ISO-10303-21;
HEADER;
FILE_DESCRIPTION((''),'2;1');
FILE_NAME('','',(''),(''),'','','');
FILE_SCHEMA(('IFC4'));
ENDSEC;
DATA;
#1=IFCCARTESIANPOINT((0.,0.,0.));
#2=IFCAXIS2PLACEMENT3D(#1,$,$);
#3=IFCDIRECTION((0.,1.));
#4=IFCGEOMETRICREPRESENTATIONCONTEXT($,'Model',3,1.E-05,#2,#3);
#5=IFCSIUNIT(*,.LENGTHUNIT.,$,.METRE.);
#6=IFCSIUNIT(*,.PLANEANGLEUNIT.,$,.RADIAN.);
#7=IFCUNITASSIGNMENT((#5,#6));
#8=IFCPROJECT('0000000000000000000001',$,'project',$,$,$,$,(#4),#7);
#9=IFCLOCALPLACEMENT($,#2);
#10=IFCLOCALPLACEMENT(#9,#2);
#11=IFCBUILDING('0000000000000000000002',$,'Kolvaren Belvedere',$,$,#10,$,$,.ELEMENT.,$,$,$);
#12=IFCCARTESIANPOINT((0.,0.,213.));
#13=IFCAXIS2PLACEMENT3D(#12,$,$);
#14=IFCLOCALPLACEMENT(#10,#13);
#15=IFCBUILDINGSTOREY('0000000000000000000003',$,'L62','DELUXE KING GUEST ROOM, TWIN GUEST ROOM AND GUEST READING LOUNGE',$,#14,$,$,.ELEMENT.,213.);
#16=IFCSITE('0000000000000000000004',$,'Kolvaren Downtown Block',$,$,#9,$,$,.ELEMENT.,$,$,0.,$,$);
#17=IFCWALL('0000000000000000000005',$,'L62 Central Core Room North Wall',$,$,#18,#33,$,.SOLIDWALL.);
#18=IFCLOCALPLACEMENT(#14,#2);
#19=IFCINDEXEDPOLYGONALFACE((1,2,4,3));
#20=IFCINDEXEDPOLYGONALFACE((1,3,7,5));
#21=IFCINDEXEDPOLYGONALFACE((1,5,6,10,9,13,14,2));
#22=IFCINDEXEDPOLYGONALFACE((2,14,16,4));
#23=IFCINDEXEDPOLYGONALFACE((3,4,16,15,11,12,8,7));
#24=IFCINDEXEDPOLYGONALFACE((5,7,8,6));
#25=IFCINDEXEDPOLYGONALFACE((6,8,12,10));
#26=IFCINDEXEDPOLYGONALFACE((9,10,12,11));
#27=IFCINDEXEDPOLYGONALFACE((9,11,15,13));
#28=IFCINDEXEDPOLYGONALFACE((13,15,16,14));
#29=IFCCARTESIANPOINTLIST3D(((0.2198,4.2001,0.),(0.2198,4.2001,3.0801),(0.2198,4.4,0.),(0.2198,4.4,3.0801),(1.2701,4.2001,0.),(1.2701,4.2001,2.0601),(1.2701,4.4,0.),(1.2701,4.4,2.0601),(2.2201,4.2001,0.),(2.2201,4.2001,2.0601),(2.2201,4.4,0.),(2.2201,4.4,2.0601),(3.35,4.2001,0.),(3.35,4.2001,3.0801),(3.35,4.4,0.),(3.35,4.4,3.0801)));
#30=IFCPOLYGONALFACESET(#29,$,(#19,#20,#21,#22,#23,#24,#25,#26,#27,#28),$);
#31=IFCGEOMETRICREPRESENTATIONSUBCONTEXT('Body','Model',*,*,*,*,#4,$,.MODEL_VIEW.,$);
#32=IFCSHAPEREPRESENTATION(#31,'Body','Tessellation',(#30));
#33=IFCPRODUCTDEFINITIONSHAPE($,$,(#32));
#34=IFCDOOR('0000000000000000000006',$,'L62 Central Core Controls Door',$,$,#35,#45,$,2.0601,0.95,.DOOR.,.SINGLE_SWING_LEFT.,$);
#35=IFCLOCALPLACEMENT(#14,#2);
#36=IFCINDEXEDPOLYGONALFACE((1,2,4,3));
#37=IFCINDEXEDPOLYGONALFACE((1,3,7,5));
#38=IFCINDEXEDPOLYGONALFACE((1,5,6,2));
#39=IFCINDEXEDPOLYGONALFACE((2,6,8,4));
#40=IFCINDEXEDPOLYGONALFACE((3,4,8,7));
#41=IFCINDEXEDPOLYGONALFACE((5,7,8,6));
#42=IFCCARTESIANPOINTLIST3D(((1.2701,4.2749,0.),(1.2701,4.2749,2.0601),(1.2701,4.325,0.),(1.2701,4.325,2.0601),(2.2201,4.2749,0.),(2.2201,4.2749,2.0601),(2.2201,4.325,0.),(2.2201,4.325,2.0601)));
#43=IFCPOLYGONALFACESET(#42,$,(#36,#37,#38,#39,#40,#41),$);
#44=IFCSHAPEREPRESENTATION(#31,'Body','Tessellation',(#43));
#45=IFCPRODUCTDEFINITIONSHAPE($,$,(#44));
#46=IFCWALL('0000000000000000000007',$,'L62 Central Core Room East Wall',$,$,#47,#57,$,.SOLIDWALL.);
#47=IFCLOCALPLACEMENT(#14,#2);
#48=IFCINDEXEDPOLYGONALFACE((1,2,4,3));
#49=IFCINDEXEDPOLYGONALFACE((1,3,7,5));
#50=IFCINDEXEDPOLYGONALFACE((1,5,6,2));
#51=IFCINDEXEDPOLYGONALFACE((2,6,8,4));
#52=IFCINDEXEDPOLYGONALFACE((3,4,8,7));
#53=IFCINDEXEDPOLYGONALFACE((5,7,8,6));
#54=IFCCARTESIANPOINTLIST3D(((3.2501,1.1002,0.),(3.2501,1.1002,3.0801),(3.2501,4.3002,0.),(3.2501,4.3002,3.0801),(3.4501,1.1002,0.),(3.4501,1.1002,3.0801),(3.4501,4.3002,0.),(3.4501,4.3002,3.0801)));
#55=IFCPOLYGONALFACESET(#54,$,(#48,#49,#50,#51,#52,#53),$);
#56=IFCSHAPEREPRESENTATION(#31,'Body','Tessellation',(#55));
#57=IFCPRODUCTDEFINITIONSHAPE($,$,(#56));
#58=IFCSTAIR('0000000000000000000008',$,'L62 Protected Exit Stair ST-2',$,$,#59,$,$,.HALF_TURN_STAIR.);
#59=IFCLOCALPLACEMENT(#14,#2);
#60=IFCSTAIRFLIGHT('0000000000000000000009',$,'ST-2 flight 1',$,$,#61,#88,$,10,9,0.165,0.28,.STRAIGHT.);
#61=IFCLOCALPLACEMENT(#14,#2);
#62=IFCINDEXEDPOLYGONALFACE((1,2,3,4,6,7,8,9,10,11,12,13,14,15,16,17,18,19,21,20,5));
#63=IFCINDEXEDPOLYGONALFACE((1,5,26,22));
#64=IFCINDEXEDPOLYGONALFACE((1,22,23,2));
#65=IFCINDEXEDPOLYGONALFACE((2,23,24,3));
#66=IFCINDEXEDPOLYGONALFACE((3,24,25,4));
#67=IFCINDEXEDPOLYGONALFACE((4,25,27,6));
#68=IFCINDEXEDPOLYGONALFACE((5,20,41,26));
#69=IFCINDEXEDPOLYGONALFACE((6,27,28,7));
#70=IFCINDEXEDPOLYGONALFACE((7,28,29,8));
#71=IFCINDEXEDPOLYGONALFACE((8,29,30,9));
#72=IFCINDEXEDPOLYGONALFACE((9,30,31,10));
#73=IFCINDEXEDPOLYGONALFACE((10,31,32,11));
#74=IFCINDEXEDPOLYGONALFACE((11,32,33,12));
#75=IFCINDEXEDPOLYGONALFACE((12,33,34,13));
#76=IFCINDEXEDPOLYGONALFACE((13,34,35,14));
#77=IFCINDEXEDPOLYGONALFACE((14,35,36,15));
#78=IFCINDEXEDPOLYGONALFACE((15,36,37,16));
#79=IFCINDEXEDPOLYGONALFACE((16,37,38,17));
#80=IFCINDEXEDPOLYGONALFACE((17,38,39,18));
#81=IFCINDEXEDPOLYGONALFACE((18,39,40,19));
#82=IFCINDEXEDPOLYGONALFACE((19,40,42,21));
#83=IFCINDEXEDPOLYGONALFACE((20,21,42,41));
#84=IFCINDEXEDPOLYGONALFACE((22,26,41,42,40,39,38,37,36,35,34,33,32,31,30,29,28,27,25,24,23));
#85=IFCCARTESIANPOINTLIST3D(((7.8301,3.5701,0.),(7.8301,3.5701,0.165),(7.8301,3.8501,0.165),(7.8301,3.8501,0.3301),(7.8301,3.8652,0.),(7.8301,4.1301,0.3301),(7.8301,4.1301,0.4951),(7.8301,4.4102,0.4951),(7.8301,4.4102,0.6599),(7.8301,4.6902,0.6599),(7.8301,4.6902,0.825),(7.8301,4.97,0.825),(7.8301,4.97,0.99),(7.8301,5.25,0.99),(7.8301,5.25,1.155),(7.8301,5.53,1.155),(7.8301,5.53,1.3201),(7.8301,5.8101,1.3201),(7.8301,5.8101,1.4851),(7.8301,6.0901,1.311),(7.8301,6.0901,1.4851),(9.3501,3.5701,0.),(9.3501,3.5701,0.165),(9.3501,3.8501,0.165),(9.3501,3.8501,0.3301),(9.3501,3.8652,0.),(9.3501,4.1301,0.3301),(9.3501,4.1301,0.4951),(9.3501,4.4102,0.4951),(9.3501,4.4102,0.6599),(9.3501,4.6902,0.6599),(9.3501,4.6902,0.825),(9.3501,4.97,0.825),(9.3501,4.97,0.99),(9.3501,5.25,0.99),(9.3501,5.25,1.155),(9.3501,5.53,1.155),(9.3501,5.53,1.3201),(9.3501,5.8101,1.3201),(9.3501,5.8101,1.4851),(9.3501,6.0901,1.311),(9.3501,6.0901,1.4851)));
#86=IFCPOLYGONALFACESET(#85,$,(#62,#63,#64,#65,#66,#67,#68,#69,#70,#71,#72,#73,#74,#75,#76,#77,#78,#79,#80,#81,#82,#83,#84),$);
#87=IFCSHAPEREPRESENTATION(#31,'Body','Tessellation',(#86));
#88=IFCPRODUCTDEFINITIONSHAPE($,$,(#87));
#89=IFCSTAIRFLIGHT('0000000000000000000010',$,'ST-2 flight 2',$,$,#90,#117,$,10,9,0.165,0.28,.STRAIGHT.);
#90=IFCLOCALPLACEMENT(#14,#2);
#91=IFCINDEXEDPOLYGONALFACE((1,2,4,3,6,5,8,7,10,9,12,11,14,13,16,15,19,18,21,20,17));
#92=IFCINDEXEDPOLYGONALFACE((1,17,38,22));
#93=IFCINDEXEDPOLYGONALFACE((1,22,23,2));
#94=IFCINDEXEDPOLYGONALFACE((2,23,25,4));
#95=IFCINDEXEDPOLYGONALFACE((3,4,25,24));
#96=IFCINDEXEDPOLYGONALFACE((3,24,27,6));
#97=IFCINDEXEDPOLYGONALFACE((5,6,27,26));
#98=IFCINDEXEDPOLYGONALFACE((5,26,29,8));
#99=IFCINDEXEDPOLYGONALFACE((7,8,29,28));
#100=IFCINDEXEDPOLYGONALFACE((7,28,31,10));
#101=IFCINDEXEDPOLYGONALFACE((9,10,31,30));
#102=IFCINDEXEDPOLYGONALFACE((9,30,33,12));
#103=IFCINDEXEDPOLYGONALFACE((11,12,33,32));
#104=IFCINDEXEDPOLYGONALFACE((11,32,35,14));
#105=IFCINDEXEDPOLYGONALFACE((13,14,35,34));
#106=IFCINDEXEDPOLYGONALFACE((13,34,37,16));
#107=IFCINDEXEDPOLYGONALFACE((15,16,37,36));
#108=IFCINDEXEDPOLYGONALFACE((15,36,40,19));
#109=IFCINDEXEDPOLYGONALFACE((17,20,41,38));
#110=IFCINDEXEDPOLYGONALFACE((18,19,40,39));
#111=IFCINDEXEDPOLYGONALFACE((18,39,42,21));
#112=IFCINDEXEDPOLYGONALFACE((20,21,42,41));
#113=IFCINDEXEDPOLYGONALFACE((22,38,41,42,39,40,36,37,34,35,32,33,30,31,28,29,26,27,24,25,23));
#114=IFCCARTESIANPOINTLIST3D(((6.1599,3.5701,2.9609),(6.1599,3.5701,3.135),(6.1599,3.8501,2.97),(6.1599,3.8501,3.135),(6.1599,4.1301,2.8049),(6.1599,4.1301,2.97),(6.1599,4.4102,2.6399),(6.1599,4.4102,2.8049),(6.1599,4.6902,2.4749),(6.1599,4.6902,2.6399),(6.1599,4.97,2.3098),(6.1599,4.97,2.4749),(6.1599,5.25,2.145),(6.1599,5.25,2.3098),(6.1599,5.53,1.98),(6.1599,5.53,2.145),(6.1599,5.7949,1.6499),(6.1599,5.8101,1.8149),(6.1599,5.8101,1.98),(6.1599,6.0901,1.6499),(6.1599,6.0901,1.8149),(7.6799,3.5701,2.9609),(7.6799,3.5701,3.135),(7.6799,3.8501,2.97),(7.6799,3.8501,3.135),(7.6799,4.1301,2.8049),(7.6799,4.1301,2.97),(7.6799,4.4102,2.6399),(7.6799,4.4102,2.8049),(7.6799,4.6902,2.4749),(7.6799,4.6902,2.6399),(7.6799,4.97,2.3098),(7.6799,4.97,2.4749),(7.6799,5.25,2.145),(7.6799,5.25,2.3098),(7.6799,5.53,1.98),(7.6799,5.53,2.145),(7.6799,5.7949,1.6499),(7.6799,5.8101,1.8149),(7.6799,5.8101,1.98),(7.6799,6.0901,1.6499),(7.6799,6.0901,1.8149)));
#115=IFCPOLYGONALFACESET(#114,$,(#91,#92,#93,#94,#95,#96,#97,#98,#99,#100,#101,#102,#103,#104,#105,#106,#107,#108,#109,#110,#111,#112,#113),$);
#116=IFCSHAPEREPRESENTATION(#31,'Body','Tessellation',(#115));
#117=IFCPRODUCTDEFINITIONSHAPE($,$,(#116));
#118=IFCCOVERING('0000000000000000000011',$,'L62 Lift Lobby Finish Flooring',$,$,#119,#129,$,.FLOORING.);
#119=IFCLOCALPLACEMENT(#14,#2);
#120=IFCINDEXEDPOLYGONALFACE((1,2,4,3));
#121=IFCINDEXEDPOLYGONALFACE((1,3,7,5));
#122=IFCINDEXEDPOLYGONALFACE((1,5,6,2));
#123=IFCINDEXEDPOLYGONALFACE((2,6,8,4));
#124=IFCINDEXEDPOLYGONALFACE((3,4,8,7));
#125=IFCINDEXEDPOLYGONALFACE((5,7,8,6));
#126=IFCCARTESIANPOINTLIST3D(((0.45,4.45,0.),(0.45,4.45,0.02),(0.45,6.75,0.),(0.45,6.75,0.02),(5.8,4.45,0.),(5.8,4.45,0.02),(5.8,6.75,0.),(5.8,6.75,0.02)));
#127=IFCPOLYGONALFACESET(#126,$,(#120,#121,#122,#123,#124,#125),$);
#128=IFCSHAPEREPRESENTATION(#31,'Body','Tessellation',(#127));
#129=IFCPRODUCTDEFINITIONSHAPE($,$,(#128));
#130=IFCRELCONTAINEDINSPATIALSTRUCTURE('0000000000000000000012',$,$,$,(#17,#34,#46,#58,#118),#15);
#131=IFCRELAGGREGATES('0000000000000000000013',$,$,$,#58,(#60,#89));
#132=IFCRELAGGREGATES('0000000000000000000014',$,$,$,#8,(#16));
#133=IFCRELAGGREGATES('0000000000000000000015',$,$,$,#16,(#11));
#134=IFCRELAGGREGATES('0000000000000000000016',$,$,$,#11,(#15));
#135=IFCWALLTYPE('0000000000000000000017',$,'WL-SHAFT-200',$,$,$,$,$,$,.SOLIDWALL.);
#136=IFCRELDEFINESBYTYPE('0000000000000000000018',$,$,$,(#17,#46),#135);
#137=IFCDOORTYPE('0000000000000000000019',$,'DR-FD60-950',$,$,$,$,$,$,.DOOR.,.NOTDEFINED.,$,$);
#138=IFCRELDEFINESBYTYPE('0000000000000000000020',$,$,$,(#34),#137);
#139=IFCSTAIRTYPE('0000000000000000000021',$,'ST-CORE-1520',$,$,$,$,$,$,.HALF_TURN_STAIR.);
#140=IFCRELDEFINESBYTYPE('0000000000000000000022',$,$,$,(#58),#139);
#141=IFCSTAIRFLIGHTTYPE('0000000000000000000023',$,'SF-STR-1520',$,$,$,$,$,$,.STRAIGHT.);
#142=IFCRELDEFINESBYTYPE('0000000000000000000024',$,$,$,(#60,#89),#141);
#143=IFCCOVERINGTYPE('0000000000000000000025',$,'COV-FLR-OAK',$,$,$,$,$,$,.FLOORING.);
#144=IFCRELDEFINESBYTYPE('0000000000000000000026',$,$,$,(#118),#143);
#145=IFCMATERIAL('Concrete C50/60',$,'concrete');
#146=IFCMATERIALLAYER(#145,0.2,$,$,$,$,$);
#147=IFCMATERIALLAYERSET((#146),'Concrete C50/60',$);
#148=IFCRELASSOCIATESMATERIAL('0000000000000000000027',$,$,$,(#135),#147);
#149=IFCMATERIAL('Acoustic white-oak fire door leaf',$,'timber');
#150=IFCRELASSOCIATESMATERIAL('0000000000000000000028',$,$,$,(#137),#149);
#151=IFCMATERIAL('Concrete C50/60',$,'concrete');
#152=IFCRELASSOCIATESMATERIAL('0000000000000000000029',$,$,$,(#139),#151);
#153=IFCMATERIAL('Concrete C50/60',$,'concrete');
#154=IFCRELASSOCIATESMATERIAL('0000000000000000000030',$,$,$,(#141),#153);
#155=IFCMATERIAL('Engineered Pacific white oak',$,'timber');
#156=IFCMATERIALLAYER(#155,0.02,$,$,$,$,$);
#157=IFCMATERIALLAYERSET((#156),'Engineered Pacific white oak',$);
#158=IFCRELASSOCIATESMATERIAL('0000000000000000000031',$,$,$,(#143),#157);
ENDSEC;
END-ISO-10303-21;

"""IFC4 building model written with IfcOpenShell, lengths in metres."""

from ifc_helpers import new_model, si_unit, direction, frame, frame_2d, origin, place, context, subcontext, project, spatial, polyline, rectangle, outline, extrude, material, layer, layer_set, type_object, element, fill, aggregate, save


model = new_model("IFC4")

# Units and contexts
model_context = context("Model", 3, precision=1e-05, world=origin(), true_north=direction((0.0, 1.0)))
body_context = subcontext(model_context, "Body", "Model", "MODEL_VIEW")
ifc_project = project(units=[si_unit("LENGTHUNIT", "METRE"), si_unit("PLANEANGLEUNIT", "RADIAN")], contexts=[model_context])

# Site, building, storey
site_placement = place(None, origin())
site = spatial("IfcSite", under=ifc_project, at=site_placement, Name="Kolvaren Downtown Block", CompositionType="ELEMENT", RefElevation=0.0)
building_placement = place(site_placement, origin())
building = spatial("IfcBuilding", under=site, at=building_placement, Name="Kolvaren Belvedere", CompositionType="ELEMENT")
storey_placement = place(building_placement, frame((0.0, 0.0, 213.0)))
storey = spatial("IfcBuildingStorey", under=building, at=storey_placement, Name="L62", Description="DELUXE KING GUEST ROOM, TWIN GUEST ROOM AND GUEST READING LOUNGE", CompositionType="ELEMENT", Elevation=213.0)

# Shared definitions
ifc_material_1 = material(Name="Concrete C50/60", Category="concrete")
ifc_layer_1 = layer(ifc_material_1, 0.2)
ifc_layer_set_1 = layer_set([ifc_layer_1], Name="Concrete C50/60")
wall_type_1 = type_object("IfcWallType", Name="WL-SHAFT-200", PredefinedType="SOLIDWALL", material=ifc_layer_set_1)

# Wall, opening, door
wall_1_placement = place(storey_placement, frame((0.22, 4.3, 0.0), z_axis=(0.0, 0.0, 1.0), x_axis=(1.0, 0.0, 0.0)))
wall_1 = element("IfcWall", 1, at=wall_1_placement, inside=storey, type_object=wall_type_1, Name="L62 Central Core Room North Wall", PredefinedType="SOLIDWALL", context=body_context, shape_type="SweptSolid", body=[
    extrude(rectangle(XDim=3.1301, YDim=0.2, at=frame_2d((1.5649, 0.0))), origin(), (0.0, 0.0, 1.0), 3.0801),
])
opening_1_placement = place(wall_1_placement, frame((1.05, 0.0, 0.0)))
opening_1 = element("IfcOpeningElement", 2, at=opening_1_placement, cuts=wall_1, PredefinedType="OPENING", context=body_context, shape_type="SweptSolid", body=[
    extrude(rectangle(XDim=0.95, YDim=2.0601, at=frame_2d((0.4751, 1.03))), frame((0.0, 0.1099, 0.0), z_axis=(0.0, -1.0, 0.0), x_axis=(1.0, 0.0, 0.0)), (0.0, 0.0, 1.0), 0.22),
])
ifc_material_2 = material(Name="Acoustic white-oak fire door leaf", Category="timber")
door_type_1 = type_object("IfcDoorType", Name="DR-FD60-950", OperationType="NOTDEFINED", PredefinedType="DOOR", material=ifc_material_2)
door_1_placement = place(opening_1_placement, origin())
door_1 = element("IfcDoor", 3, at=door_1_placement, inside=storey, type_object=door_type_1, Name="L62 Central Core Controls Door", OperationType="SINGLE_SWING_LEFT", OverallHeight=2.0601, OverallWidth=0.95, PredefinedType="DOOR", context=body_context, shape_type="SweptSolid", body=[
    extrude(rectangle(XDim=0.95, YDim=2.0601, at=frame_2d((0.4751, 1.03))), frame((0.0, 0.0249, 0.0), z_axis=(0.0, -1.0, 0.0), x_axis=(1.0, 0.0, 0.0)), (0.0, 0.0, 1.0), 0.05),
])
fill(opening_1, door_1)

# Wall
wall_2_placement = place(storey_placement, frame((3.3501, 1.1001, 0.0), z_axis=(0.0, 0.0, 1.0), x_axis=(0.0, 1.0, 0.0)))
element("IfcWall", 4, at=wall_2_placement, inside=storey, type_object=wall_type_1, Name="L62 Central Core Room East Wall", PredefinedType="SOLIDWALL", context=body_context, shape_type="SweptSolid", body=[
    extrude(rectangle(XDim=3.2, YDim=0.2, at=frame_2d((1.6001, 0.0))), origin(), (0.0, 0.0, 1.0), 3.0801),
])

# Stair, stair flights
ifc_material_3 = material(Name="Concrete C50/60", Category="concrete")
stair_type = type_object("IfcStairType", Name="ST-CORE-1520", PredefinedType="HALF_TURN_STAIR", material=ifc_material_3)
stair_placement = place(storey_placement, origin())
stair = element("IfcStair", 5, at=stair_placement, inside=storey, type_object=stair_type, Name="L62 Protected Exit Stair ST-2", PredefinedType="HALF_TURN_STAIR")
ifc_material_4 = material(Name="Concrete C50/60", Category="concrete")
stair_flight_type = type_object("IfcStairFlightType", Name="SF-STR-1520", PredefinedType="STRAIGHT", material=ifc_material_4)
stair_flight_1_placement = place(storey_placement, frame((8.5901, 3.5701, 0.0), z_axis=(0.0, 0.0, 1.0), x_axis=(0.0, 1.0, 0.0)))
stair_flight_1 = element("IfcStairFlight", 6, at=stair_flight_1_placement, type_object=stair_flight_type, Name="ST-2 flight 1", NumberOfRisers=10, NumberOfTreads=9, PredefinedType="STRAIGHT", RiserHeight=0.165, TreadLength=0.28, context=body_context, shape_type="SweptSolid", body=[
    extrude(outline(polyline([(0.0, 0.0), (0.0, 0.165), (0.28, 0.165), (0.28, 0.3301), (0.5601, 0.3301), (0.5601, 0.4951), (0.8401, 0.4951), (0.8401, 0.6599), (1.1201, 0.6599), (1.1201, 0.825), (1.3999, 0.825), (1.3999, 0.99), (1.6799, 0.99), (1.6799, 1.155), (1.96, 1.155), (1.96, 1.3201), (2.24, 1.3201), (2.24, 1.4851), (2.52, 1.4851), (2.52, 1.6499), (2.52, 1.311), (0.2952, 0.0), (0.0, 0.0)])), frame((0.0, 0.76, 0.0), z_axis=(0.0, -1.0, 0.0), x_axis=(1.0, 0.0, 0.0)), (0.0, 0.0, 1.0), 1.52),
])
stair_flight_2_placement = place(storey_placement, frame((6.9199, 6.0901, 1.6499), z_axis=(0.0, 0.0, 1.0), x_axis=(0.0, -1.0, 0.0)))
stair_flight_2 = element("IfcStairFlight", 7, at=stair_flight_2_placement, type_object=stair_flight_type, Name="ST-2 flight 2", NumberOfRisers=10, NumberOfTreads=9, PredefinedType="STRAIGHT", RiserHeight=0.165, TreadLength=0.28, context=body_context, shape_type="SweptSolid", body=[
    extrude(outline(polyline([(0.0, 0.0), (0.0, 0.165), (0.28, 0.165), (0.28, 0.3301), (0.5601, 0.3301), (0.5601, 0.4951), (0.8401, 0.4951), (0.8401, 0.6599), (1.1201, 0.6599), (1.1201, 0.825), (1.3999, 0.825), (1.3999, 0.99), (1.6799, 0.99), (1.6799, 1.155), (1.96, 1.155), (1.96, 1.3201), (2.24, 1.3201), (2.24, 1.4851), (2.52, 1.4851), (2.52, 1.6499), (2.52, 1.311), (0.2952, 0.0), (0.0, 0.0)])), frame((0.0, 0.76, 0.0), z_axis=(0.0, -1.0, 0.0), x_axis=(1.0, 0.0, 0.0)), (0.0, 0.0, 1.0), 1.52),
])
aggregate(stair, [stair_flight_1, stair_flight_2])

# Covering
ifc_material_5 = material(Name="Engineered Pacific white oak", Category="timber")
ifc_layer_2 = layer(ifc_material_5, 0.02)
ifc_layer_set_2 = layer_set([ifc_layer_2], Name="Engineered Pacific white oak")
covering_type = type_object("IfcCoveringType", Name="COV-FLR-OAK", PredefinedType="FLOORING", material=ifc_layer_set_2)
covering_placement = place(storey_placement, origin())
element("IfcCovering", 8, at=covering_placement, inside=storey, type_object=covering_type, Name="L62 Lift Lobby Finish Flooring", PredefinedType="FLOORING", context=body_context, shape_type="SweptSolid", body=[
    extrude(outline(polyline([(0.45, 4.45), (5.8, 4.45), (5.8, 6.75), (0.45, 6.75), (0.45, 4.45)])), origin(), (0.0, 0.0, 1.0), 0.02),
])

save(model, "model.ifc")
